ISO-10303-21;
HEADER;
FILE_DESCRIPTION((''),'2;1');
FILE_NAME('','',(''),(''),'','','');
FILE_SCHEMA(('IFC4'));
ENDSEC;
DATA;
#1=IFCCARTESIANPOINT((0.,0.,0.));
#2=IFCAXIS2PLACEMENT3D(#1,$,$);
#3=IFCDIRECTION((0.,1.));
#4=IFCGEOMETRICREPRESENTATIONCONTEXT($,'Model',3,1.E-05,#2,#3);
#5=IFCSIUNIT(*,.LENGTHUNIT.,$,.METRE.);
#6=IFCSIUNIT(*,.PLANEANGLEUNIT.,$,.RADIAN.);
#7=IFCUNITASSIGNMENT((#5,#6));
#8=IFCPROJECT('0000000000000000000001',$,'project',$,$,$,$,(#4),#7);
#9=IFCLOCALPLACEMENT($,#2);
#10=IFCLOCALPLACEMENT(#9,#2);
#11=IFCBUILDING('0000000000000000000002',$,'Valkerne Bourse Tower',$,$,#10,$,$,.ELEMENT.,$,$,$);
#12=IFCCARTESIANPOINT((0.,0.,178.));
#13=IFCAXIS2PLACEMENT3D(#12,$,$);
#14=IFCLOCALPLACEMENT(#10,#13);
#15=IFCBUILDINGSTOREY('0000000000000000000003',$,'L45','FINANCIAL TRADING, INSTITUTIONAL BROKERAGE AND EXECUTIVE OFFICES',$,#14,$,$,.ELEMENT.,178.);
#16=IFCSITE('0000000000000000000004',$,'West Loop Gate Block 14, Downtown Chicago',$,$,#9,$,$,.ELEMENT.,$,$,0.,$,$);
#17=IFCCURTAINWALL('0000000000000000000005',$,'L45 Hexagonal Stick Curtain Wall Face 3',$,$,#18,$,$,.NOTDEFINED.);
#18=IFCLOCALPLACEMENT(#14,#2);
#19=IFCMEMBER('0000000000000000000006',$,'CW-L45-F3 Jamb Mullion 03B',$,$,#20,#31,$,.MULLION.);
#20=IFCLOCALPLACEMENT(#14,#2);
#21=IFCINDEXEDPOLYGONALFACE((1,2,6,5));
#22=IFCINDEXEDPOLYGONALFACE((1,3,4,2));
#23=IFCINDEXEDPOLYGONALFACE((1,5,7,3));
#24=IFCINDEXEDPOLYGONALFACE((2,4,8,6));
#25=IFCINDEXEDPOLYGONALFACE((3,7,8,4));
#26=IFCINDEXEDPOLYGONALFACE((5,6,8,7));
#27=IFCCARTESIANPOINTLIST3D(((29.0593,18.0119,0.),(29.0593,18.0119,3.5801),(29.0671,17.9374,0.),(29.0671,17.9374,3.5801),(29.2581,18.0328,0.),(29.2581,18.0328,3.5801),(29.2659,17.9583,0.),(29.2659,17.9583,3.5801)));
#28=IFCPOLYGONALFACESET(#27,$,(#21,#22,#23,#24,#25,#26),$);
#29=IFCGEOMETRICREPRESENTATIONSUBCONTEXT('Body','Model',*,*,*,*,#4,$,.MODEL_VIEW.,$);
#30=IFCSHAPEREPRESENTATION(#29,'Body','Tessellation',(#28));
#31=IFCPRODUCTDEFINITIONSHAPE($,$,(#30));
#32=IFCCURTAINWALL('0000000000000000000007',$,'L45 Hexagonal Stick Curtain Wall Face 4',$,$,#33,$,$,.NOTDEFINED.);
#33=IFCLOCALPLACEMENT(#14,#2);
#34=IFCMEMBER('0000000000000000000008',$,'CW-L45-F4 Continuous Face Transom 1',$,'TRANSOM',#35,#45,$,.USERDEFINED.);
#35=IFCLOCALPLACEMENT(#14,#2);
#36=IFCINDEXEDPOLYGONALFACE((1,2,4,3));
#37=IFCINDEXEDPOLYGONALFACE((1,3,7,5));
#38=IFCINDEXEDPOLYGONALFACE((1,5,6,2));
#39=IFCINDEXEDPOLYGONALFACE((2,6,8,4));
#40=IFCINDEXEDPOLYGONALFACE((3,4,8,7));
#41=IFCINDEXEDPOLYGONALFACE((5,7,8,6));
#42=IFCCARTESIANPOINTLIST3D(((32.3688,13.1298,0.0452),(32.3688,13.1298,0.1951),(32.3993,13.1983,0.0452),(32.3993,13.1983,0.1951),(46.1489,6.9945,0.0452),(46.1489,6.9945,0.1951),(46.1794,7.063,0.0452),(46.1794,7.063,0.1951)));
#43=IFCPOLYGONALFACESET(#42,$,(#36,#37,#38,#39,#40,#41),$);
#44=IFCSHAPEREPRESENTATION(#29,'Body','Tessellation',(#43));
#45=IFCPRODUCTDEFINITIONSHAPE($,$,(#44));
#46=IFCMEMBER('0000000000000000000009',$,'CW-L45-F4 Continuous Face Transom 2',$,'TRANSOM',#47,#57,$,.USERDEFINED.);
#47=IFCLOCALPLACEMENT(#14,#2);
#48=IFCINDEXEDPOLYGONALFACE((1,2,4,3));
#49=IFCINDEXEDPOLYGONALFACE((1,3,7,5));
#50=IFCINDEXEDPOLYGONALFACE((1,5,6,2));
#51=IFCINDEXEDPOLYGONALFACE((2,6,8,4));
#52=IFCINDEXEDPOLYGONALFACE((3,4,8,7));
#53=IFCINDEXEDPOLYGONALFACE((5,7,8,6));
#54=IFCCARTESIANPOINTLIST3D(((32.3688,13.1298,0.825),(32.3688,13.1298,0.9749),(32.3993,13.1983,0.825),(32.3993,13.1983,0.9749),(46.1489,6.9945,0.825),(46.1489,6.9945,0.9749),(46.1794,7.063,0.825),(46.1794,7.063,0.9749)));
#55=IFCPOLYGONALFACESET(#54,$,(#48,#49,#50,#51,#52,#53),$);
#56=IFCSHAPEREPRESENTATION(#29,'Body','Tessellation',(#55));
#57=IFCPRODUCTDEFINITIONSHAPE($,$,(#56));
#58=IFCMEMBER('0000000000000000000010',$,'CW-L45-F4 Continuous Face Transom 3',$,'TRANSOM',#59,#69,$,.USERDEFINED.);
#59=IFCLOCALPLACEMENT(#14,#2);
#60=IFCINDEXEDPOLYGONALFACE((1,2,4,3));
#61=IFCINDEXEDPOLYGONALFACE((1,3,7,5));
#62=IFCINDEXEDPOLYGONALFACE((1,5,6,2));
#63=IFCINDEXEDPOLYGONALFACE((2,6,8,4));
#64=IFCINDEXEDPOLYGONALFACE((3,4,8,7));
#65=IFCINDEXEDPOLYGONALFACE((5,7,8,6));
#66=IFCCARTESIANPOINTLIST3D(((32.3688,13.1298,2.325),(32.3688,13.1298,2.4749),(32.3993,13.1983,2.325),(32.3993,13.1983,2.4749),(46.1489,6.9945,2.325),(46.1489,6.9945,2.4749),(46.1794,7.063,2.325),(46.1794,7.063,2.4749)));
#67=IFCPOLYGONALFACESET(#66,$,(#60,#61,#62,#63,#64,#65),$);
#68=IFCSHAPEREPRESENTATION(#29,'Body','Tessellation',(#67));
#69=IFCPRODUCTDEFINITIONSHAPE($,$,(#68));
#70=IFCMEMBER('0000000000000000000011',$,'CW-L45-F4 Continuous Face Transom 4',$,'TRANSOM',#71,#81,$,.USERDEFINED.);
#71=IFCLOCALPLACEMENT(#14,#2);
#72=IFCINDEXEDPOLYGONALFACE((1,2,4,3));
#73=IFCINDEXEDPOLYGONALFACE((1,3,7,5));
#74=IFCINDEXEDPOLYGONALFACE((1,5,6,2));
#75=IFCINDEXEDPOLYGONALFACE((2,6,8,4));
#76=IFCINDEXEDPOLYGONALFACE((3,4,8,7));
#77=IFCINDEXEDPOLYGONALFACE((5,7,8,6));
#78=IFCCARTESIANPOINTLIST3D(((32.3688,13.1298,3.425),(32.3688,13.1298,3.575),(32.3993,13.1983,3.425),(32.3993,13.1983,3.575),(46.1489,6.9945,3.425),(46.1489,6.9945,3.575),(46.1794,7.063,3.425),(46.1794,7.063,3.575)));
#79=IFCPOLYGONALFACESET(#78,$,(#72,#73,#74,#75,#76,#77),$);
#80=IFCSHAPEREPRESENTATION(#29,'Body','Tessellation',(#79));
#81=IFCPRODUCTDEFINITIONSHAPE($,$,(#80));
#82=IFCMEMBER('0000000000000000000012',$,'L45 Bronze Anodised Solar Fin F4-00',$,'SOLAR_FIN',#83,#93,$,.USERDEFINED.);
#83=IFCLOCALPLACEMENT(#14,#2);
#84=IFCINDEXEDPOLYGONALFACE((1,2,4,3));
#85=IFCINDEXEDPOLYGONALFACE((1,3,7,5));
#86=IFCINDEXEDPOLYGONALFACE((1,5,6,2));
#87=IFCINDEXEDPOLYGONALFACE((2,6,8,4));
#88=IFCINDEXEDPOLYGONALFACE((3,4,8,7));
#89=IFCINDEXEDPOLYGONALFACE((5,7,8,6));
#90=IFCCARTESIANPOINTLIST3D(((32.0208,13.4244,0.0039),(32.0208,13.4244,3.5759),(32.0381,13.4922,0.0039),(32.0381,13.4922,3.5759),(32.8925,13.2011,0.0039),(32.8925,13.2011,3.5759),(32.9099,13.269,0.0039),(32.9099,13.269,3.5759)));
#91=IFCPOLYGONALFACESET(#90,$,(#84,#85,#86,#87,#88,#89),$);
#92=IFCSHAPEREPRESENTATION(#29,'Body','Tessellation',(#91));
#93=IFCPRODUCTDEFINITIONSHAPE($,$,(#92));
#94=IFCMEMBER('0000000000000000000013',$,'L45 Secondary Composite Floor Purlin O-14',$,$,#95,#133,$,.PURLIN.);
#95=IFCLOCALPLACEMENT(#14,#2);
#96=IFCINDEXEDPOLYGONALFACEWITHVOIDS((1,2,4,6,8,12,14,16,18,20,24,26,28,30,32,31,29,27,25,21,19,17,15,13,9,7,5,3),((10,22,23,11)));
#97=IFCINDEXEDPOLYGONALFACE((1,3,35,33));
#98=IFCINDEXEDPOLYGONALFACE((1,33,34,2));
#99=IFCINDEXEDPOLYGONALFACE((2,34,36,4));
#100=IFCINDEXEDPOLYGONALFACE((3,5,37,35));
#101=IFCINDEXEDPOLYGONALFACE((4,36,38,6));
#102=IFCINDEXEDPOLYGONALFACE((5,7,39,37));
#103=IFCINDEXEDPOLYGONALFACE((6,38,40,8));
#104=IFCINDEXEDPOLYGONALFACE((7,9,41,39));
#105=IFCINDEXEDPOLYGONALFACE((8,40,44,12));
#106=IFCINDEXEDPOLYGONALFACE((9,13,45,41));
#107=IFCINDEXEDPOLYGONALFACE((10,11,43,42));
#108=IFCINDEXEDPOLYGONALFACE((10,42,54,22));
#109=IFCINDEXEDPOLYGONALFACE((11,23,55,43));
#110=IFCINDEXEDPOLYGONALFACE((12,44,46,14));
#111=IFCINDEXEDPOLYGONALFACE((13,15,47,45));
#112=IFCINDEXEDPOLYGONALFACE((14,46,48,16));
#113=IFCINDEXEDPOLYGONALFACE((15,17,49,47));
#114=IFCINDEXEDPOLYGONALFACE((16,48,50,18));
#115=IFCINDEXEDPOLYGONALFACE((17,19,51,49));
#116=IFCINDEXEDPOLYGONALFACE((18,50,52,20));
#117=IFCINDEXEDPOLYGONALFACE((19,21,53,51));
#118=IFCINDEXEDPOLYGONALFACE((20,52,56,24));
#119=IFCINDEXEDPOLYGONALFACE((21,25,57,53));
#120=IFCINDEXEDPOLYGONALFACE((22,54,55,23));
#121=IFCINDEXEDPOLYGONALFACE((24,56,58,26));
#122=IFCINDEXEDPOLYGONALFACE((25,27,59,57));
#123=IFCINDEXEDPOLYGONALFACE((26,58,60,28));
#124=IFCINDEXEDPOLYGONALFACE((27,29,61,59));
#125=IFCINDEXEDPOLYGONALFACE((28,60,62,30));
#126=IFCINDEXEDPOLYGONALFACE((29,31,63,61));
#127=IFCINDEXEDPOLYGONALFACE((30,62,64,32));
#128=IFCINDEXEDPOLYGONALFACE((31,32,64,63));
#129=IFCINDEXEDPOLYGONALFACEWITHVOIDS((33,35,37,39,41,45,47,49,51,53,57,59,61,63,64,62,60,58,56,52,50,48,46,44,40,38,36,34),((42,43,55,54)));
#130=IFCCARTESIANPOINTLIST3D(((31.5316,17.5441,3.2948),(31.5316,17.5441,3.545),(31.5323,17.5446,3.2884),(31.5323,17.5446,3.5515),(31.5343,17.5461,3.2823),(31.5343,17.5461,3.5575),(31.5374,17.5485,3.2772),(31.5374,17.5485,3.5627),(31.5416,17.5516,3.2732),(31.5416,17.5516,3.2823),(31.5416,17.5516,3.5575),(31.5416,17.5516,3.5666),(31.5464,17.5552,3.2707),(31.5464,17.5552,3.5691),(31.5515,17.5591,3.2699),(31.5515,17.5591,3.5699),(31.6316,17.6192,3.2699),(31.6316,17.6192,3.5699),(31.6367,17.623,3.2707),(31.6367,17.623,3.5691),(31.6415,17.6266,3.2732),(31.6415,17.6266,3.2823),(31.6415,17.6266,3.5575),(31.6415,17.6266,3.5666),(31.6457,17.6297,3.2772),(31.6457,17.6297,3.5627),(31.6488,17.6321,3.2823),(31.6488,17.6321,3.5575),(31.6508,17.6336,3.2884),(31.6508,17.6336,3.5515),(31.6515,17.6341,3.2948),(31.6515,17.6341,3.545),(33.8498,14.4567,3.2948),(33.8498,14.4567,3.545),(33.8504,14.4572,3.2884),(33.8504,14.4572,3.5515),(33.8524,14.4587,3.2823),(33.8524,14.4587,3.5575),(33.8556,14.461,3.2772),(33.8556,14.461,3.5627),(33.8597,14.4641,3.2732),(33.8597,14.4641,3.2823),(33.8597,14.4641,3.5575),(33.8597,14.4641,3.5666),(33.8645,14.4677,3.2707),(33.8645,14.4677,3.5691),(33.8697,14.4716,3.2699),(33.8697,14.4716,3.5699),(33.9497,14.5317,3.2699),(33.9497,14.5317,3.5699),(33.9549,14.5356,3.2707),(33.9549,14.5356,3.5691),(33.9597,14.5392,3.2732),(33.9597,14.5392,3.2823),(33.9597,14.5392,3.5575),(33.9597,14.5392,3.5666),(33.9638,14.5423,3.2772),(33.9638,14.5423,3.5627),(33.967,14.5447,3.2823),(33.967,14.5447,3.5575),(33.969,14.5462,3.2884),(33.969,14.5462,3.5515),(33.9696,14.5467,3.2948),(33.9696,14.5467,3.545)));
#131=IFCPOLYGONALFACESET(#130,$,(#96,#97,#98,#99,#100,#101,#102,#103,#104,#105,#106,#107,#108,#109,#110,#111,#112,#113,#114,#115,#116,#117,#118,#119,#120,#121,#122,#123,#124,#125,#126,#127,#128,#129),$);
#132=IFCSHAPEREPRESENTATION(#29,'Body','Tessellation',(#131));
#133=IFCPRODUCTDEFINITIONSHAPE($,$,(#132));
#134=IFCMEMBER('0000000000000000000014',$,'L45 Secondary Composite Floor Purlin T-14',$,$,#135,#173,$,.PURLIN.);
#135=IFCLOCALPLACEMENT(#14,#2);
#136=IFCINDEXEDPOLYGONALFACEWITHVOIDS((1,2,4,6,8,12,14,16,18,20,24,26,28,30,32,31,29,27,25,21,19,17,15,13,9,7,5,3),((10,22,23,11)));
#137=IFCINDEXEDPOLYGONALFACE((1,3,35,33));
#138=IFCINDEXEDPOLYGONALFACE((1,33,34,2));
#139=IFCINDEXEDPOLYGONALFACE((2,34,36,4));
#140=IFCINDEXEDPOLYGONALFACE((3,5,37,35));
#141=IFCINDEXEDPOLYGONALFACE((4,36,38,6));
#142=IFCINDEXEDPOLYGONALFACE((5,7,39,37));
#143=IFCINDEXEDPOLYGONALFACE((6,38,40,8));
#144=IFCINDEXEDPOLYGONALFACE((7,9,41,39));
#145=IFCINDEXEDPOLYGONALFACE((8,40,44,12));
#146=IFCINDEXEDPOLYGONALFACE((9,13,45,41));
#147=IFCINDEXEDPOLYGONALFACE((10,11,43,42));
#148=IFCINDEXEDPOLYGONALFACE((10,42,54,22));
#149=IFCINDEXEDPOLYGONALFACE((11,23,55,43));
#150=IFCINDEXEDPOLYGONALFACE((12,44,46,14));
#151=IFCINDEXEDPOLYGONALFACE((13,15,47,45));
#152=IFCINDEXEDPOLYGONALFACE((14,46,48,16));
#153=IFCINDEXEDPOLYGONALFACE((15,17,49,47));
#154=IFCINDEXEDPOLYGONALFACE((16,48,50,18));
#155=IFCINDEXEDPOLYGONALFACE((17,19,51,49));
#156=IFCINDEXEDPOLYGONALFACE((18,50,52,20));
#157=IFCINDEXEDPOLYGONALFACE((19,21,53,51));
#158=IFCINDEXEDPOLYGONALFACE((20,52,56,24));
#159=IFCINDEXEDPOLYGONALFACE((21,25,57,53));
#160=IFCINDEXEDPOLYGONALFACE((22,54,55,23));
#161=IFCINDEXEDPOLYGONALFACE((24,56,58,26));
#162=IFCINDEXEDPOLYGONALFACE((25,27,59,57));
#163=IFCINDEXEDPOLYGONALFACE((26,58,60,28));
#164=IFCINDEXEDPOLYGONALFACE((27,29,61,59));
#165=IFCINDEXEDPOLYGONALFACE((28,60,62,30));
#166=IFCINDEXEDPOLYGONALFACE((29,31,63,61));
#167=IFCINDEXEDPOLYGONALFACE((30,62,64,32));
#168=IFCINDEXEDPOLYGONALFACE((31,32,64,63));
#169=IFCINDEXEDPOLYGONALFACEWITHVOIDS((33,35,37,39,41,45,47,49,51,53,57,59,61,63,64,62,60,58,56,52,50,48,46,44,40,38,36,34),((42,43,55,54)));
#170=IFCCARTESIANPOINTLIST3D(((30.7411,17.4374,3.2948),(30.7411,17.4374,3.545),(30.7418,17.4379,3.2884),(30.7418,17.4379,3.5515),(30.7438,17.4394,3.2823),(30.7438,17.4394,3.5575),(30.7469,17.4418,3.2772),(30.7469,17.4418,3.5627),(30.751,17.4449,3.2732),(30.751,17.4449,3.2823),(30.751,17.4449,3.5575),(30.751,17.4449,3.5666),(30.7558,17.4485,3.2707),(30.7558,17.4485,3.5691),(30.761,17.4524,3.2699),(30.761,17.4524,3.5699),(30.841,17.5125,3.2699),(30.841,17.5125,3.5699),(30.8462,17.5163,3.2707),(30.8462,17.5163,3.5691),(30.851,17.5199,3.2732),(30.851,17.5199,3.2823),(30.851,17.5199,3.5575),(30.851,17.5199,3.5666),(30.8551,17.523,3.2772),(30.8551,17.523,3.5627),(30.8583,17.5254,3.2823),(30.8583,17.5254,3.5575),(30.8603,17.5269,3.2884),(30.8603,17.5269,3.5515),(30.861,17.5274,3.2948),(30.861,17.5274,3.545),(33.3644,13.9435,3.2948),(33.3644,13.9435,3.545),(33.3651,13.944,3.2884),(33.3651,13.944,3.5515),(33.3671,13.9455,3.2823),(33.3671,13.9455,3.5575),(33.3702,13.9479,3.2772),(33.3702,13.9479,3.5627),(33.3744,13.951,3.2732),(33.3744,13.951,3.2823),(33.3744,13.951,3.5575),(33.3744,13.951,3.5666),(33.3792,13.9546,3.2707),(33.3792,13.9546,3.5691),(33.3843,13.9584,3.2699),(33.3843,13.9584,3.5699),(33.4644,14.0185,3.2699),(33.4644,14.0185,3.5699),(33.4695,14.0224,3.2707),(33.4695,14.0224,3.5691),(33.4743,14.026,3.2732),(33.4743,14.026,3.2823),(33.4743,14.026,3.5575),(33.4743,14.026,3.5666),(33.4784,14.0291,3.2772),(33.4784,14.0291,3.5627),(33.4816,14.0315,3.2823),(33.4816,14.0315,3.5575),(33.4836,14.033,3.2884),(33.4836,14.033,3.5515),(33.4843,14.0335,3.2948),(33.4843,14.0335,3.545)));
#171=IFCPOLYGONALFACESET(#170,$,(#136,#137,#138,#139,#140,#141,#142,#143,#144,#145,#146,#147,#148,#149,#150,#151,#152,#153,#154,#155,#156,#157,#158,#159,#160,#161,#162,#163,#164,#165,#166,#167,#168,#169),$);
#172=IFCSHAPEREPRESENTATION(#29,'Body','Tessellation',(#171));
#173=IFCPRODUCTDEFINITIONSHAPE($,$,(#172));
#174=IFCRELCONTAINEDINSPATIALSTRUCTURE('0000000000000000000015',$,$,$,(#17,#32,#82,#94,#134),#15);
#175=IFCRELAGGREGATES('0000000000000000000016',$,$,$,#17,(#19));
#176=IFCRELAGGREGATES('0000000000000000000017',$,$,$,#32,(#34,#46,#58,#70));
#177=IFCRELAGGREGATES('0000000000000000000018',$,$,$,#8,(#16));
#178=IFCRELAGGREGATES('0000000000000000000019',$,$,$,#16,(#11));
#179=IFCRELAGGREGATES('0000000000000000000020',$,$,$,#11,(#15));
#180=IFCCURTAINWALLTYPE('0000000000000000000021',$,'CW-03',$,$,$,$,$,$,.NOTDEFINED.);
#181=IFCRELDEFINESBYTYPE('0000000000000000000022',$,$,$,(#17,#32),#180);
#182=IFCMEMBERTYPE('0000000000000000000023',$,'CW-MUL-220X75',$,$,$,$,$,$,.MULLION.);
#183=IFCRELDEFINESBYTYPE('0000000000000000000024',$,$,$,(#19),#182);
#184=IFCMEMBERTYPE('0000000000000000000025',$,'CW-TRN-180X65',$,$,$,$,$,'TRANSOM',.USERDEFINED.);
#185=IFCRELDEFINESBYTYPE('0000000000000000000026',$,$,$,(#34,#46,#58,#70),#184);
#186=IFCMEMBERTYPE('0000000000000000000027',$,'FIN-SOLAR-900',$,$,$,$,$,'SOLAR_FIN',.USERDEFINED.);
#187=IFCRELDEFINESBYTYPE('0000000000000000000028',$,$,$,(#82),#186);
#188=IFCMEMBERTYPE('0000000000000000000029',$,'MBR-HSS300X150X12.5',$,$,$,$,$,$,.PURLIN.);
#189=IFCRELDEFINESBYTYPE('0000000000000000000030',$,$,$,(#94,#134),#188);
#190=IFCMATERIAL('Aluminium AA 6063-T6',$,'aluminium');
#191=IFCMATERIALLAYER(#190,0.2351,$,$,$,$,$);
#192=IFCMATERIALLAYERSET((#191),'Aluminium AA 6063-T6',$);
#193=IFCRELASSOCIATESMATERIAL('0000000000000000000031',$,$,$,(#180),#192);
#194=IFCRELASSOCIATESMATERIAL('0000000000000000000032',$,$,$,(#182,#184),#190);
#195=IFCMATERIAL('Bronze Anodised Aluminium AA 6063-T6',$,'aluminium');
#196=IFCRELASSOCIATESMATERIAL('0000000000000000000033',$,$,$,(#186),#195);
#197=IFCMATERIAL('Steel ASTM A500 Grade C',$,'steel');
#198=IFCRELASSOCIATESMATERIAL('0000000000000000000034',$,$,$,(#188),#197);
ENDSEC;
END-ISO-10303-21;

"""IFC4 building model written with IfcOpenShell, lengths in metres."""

from ifc_helpers import new_model, si_unit, direction, frame, origin, origin_2d, place, context, subcontext, project, spatial, rectangle, hollow_rectangle, extrude, material, layer, layer_set, material_profile, profile_set, type_object, element, aggregate, save


model = new_model("IFC4")

# Units and contexts
model_context = context("Model", 3, precision=1e-05, world=origin(), true_north=direction((0.0, 1.0)))
body_context = subcontext(model_context, "Body", "Model", "MODEL_VIEW")
ifc_project = project(units=[si_unit("LENGTHUNIT", "METRE"), si_unit("PLANEANGLEUNIT", "RADIAN")], contexts=[model_context])

# Site, building, storey
site_placement = place(None, origin())
site = spatial("IfcSite", under=ifc_project, at=site_placement, Name="West Loop Gate Block 14, Downtown Chicago", CompositionType="ELEMENT", RefElevation=0.0)
building_placement = place(site_placement, origin())
building = spatial("IfcBuilding", under=site, at=building_placement, Name="Valkerne Bourse Tower", CompositionType="ELEMENT")
storey_placement = place(building_placement, frame((0.0, 0.0, 178.0)))
storey = spatial("IfcBuildingStorey", under=building, at=storey_placement, Name="L45", Description="FINANCIAL TRADING, INSTITUTIONAL BROKERAGE AND EXECUTIVE OFFICES", CompositionType="ELEMENT", Elevation=178.0)

# Curtain wall, member
ifc_material_1 = material(Name="Aluminium AA 6063-T6", Category="aluminium")
ifc_layer_1 = layer(ifc_material_1, 0.2351)
ifc_layer_set_1 = layer_set([ifc_layer_1], Name="Aluminium AA 6063-T6")
curtain_wall_type = type_object("IfcCurtainWallType", Name="CW-03", PredefinedType="NOTDEFINED", material=ifc_layer_set_1)
curtain_wall_1_placement = place(storey_placement, origin())
curtain_wall_1 = element("IfcCurtainWall", 1, at=curtain_wall_1_placement, inside=storey, type_object=curtain_wall_type, Name="L45 Hexagonal Stick Curtain Wall Face 3", PredefinedType="NOTDEFINED")
ifc_material_profile_1 = material_profile(ifc_material_1, rectangle(XDim=0.075, YDim=0.2, at=origin_2d()), Name="CWM-75X200")
ifc_profile_set_1 = profile_set([ifc_material_profile_1], Name="Aluminium AA 6063-T6")
member_type_1 = type_object("IfcMemberType", Name="CW-MUL-220X75", PredefinedType="MULLION", material=ifc_profile_set_1)
member_1_placement = place(storey_placement, frame((29.1626, 17.9851, 0.0), z_axis=(0.0, 0.0, 1.0), x_axis=(0.104533, -0.994521, 0.0)))
member_1 = element("IfcMember", 2, at=member_1_placement, type_object=member_type_1, Name="CW-L45-F3 Jamb Mullion 03B", PredefinedType="MULLION", context=body_context, shape_type="SweptSolid", body=[
    extrude(rectangle(XDim=0.075, YDim=0.2, at=origin_2d()), origin(), (0.0, 0.0, 1.0), 3.5801),
])
aggregate(curtain_wall_1, [member_1])

# Curtain wall, members
curtain_wall_2_placement = place(storey_placement, origin())
curtain_wall_2 = element("IfcCurtainWall", 3, at=curtain_wall_2_placement, inside=storey, type_object=curtain_wall_type, Name="L45 Hexagonal Stick Curtain Wall Face 4", PredefinedType="NOTDEFINED")
ifc_material_profile_2 = material_profile(ifc_material_1, rectangle(XDim=0.075, YDim=0.1499, at=origin_2d()), Name="CWT-75X150")
ifc_profile_set_2 = profile_set([ifc_material_profile_2], Name="Aluminium AA 6063-T6")
member_type_2 = type_object("IfcMemberType", Name="CW-TRN-180X65", ElementType="TRANSOM", PredefinedType="USERDEFINED", material=ifc_profile_set_2)
member_2_placement = place(storey_placement, frame((32.384, 13.1641, 0.1201), z_axis=(0.913546, -0.406736, 0.0), x_axis=(0.406736, 0.913546, 0.0)))
member_2 = element("IfcMember", 4, at=member_2_placement, type_object=member_type_2, Name="CW-L45-F4 Continuous Face Transom 1", ObjectType="TRANSOM", PredefinedType="USERDEFINED", context=body_context, shape_type="SweptSolid", body=[
    extrude(rectangle(XDim=0.075, YDim=0.1499, at=origin_2d()), origin(), (0.0, 0.0, 1.0), 15.0842),
])
member_3_placement = place(storey_placement, frame((32.384, 13.1641, 0.8999), z_axis=(0.913546, -0.406736, 0.0), x_axis=(0.406736, 0.913546, 0.0)))
member_3 = element("IfcMember", 5, at=member_3_placement, type_object=member_type_2, Name="CW-L45-F4 Continuous Face Transom 2", ObjectType="TRANSOM", PredefinedType="USERDEFINED", context=body_context, shape_type="SweptSolid", body=[
    extrude(rectangle(XDim=0.075, YDim=0.1499, at=origin_2d()), origin(), (0.0, 0.0, 1.0), 15.0842),
])
member_4_placement = place(storey_placement, frame((32.384, 13.1641, 2.3999), z_axis=(0.913546, -0.406736, 0.0), x_axis=(0.406736, 0.913546, 0.0)))
member_4 = element("IfcMember", 6, at=member_4_placement, type_object=member_type_2, Name="CW-L45-F4 Continuous Face Transom 3", ObjectType="TRANSOM", PredefinedType="USERDEFINED", context=body_context, shape_type="SweptSolid", body=[
    extrude(rectangle(XDim=0.075, YDim=0.1499, at=origin_2d()), origin(), (0.0, 0.0, 1.0), 15.0842),
])
member_5_placement = place(storey_placement, frame((32.384, 13.1641, 3.5), z_axis=(0.913546, -0.406736, 0.0), x_axis=(0.406736, 0.913546, 0.0)))
member_5 = element("IfcMember", 7, at=member_5_placement, type_object=member_type_2, Name="CW-L45-F4 Continuous Face Transom 4", ObjectType="TRANSOM", PredefinedType="USERDEFINED", context=body_context, shape_type="SweptSolid", body=[
    extrude(rectangle(XDim=0.075, YDim=0.1499, at=origin_2d()), origin(), (0.0, 0.0, 1.0), 15.0842),
])
aggregate(curtain_wall_2, [member_2, member_3, member_4, member_5])

# Members
ifc_material_2 = material(Name="Bronze Anodised Aluminium AA 6063-T6", Category="aluminium")
ifc_material_profile_3 = material_profile(ifc_material_2, rectangle(XDim=0.0701, YDim=0.8999, at=origin_2d()), Name="FIN-70X900")
ifc_profile_set_3 = profile_set([ifc_material_profile_3], Name="Bronze Anodised Aluminium AA 6063-T6")
member_type_3 = type_object("IfcMemberType", Name="FIN-SOLAR-900", ElementType="SOLAR_FIN", PredefinedType="USERDEFINED", material=ifc_profile_set_3)
member_6_placement = place(storey_placement, frame((32.4653, 13.3467, 0.0039), z_axis=(0.0, 0.0, 1.0), x_axis=(-0.248061, -0.968744, 0.0)))
element("IfcMember", 8, at=member_6_placement, inside=storey, type_object=member_type_3, Name="L45 Bronze Anodised Solar Fin F4-00", ObjectType="SOLAR_FIN", PredefinedType="USERDEFINED", context=body_context, shape_type="SweptSolid", body=[
    extrude(rectangle(XDim=0.0701, YDim=0.8999, at=origin_2d()), origin(), (0.0, 0.0, 1.0), 3.572),
])
ifc_material_3 = material(Name="Steel ASTM A500 Grade C", Category="steel")
ifc_material_profile_4 = material_profile(ifc_material_3, hollow_rectangle(XDim=0.1499, YDim=0.3, WallThickness=0.0125, OuterFilletRadius=0.0249, at=origin_2d()), Name="HSS300X150X12.5")
ifc_profile_set_4 = profile_set([ifc_material_profile_4], Name="Steel ASTM A500 Grade C")
member_type_4 = type_object("IfcMemberType", Name="MBR-HSS300X150X12.5", PredefinedType="PURLIN", material=ifc_profile_set_4)
member_7_placement = place(storey_placement, frame((31.5916, 17.5891, 3.4199), z_axis=(0.600425, -0.799681, 0.0), x_axis=(0.799681, 0.600425, 0.0)))
element("IfcMember", 9, at=member_7_placement, inside=storey, type_object=member_type_4, Name="L45 Secondary Composite Floor Purlin O-14", PredefinedType="PURLIN", context=body_context, shape_type="SweptSolid", body=[
    extrude(hollow_rectangle(XDim=0.1499, YDim=0.3, WallThickness=0.0125, OuterFilletRadius=0.0249, at=origin_2d()), origin(), (0.0, 0.0, 1.0), 3.8608),
])
member_8_placement = place(storey_placement, frame((30.801, 17.4824, 3.4199), z_axis=(0.60042, -0.799685, 0.0), x_axis=(0.799685, 0.60042, 0.0)))
element("IfcMember", 10, at=member_8_placement, inside=storey, type_object=member_type_4, Name="L45 Secondary Composite Floor Purlin T-14", PredefinedType="PURLIN", context=body_context, shape_type="SweptSolid", body=[
    extrude(hollow_rectangle(XDim=0.1499, YDim=0.3, WallThickness=0.0125, OuterFilletRadius=0.0249, at=origin_2d()), origin(), (0.0, 0.0, 1.0), 4.3691),
])

save(model, "model.ifc")
